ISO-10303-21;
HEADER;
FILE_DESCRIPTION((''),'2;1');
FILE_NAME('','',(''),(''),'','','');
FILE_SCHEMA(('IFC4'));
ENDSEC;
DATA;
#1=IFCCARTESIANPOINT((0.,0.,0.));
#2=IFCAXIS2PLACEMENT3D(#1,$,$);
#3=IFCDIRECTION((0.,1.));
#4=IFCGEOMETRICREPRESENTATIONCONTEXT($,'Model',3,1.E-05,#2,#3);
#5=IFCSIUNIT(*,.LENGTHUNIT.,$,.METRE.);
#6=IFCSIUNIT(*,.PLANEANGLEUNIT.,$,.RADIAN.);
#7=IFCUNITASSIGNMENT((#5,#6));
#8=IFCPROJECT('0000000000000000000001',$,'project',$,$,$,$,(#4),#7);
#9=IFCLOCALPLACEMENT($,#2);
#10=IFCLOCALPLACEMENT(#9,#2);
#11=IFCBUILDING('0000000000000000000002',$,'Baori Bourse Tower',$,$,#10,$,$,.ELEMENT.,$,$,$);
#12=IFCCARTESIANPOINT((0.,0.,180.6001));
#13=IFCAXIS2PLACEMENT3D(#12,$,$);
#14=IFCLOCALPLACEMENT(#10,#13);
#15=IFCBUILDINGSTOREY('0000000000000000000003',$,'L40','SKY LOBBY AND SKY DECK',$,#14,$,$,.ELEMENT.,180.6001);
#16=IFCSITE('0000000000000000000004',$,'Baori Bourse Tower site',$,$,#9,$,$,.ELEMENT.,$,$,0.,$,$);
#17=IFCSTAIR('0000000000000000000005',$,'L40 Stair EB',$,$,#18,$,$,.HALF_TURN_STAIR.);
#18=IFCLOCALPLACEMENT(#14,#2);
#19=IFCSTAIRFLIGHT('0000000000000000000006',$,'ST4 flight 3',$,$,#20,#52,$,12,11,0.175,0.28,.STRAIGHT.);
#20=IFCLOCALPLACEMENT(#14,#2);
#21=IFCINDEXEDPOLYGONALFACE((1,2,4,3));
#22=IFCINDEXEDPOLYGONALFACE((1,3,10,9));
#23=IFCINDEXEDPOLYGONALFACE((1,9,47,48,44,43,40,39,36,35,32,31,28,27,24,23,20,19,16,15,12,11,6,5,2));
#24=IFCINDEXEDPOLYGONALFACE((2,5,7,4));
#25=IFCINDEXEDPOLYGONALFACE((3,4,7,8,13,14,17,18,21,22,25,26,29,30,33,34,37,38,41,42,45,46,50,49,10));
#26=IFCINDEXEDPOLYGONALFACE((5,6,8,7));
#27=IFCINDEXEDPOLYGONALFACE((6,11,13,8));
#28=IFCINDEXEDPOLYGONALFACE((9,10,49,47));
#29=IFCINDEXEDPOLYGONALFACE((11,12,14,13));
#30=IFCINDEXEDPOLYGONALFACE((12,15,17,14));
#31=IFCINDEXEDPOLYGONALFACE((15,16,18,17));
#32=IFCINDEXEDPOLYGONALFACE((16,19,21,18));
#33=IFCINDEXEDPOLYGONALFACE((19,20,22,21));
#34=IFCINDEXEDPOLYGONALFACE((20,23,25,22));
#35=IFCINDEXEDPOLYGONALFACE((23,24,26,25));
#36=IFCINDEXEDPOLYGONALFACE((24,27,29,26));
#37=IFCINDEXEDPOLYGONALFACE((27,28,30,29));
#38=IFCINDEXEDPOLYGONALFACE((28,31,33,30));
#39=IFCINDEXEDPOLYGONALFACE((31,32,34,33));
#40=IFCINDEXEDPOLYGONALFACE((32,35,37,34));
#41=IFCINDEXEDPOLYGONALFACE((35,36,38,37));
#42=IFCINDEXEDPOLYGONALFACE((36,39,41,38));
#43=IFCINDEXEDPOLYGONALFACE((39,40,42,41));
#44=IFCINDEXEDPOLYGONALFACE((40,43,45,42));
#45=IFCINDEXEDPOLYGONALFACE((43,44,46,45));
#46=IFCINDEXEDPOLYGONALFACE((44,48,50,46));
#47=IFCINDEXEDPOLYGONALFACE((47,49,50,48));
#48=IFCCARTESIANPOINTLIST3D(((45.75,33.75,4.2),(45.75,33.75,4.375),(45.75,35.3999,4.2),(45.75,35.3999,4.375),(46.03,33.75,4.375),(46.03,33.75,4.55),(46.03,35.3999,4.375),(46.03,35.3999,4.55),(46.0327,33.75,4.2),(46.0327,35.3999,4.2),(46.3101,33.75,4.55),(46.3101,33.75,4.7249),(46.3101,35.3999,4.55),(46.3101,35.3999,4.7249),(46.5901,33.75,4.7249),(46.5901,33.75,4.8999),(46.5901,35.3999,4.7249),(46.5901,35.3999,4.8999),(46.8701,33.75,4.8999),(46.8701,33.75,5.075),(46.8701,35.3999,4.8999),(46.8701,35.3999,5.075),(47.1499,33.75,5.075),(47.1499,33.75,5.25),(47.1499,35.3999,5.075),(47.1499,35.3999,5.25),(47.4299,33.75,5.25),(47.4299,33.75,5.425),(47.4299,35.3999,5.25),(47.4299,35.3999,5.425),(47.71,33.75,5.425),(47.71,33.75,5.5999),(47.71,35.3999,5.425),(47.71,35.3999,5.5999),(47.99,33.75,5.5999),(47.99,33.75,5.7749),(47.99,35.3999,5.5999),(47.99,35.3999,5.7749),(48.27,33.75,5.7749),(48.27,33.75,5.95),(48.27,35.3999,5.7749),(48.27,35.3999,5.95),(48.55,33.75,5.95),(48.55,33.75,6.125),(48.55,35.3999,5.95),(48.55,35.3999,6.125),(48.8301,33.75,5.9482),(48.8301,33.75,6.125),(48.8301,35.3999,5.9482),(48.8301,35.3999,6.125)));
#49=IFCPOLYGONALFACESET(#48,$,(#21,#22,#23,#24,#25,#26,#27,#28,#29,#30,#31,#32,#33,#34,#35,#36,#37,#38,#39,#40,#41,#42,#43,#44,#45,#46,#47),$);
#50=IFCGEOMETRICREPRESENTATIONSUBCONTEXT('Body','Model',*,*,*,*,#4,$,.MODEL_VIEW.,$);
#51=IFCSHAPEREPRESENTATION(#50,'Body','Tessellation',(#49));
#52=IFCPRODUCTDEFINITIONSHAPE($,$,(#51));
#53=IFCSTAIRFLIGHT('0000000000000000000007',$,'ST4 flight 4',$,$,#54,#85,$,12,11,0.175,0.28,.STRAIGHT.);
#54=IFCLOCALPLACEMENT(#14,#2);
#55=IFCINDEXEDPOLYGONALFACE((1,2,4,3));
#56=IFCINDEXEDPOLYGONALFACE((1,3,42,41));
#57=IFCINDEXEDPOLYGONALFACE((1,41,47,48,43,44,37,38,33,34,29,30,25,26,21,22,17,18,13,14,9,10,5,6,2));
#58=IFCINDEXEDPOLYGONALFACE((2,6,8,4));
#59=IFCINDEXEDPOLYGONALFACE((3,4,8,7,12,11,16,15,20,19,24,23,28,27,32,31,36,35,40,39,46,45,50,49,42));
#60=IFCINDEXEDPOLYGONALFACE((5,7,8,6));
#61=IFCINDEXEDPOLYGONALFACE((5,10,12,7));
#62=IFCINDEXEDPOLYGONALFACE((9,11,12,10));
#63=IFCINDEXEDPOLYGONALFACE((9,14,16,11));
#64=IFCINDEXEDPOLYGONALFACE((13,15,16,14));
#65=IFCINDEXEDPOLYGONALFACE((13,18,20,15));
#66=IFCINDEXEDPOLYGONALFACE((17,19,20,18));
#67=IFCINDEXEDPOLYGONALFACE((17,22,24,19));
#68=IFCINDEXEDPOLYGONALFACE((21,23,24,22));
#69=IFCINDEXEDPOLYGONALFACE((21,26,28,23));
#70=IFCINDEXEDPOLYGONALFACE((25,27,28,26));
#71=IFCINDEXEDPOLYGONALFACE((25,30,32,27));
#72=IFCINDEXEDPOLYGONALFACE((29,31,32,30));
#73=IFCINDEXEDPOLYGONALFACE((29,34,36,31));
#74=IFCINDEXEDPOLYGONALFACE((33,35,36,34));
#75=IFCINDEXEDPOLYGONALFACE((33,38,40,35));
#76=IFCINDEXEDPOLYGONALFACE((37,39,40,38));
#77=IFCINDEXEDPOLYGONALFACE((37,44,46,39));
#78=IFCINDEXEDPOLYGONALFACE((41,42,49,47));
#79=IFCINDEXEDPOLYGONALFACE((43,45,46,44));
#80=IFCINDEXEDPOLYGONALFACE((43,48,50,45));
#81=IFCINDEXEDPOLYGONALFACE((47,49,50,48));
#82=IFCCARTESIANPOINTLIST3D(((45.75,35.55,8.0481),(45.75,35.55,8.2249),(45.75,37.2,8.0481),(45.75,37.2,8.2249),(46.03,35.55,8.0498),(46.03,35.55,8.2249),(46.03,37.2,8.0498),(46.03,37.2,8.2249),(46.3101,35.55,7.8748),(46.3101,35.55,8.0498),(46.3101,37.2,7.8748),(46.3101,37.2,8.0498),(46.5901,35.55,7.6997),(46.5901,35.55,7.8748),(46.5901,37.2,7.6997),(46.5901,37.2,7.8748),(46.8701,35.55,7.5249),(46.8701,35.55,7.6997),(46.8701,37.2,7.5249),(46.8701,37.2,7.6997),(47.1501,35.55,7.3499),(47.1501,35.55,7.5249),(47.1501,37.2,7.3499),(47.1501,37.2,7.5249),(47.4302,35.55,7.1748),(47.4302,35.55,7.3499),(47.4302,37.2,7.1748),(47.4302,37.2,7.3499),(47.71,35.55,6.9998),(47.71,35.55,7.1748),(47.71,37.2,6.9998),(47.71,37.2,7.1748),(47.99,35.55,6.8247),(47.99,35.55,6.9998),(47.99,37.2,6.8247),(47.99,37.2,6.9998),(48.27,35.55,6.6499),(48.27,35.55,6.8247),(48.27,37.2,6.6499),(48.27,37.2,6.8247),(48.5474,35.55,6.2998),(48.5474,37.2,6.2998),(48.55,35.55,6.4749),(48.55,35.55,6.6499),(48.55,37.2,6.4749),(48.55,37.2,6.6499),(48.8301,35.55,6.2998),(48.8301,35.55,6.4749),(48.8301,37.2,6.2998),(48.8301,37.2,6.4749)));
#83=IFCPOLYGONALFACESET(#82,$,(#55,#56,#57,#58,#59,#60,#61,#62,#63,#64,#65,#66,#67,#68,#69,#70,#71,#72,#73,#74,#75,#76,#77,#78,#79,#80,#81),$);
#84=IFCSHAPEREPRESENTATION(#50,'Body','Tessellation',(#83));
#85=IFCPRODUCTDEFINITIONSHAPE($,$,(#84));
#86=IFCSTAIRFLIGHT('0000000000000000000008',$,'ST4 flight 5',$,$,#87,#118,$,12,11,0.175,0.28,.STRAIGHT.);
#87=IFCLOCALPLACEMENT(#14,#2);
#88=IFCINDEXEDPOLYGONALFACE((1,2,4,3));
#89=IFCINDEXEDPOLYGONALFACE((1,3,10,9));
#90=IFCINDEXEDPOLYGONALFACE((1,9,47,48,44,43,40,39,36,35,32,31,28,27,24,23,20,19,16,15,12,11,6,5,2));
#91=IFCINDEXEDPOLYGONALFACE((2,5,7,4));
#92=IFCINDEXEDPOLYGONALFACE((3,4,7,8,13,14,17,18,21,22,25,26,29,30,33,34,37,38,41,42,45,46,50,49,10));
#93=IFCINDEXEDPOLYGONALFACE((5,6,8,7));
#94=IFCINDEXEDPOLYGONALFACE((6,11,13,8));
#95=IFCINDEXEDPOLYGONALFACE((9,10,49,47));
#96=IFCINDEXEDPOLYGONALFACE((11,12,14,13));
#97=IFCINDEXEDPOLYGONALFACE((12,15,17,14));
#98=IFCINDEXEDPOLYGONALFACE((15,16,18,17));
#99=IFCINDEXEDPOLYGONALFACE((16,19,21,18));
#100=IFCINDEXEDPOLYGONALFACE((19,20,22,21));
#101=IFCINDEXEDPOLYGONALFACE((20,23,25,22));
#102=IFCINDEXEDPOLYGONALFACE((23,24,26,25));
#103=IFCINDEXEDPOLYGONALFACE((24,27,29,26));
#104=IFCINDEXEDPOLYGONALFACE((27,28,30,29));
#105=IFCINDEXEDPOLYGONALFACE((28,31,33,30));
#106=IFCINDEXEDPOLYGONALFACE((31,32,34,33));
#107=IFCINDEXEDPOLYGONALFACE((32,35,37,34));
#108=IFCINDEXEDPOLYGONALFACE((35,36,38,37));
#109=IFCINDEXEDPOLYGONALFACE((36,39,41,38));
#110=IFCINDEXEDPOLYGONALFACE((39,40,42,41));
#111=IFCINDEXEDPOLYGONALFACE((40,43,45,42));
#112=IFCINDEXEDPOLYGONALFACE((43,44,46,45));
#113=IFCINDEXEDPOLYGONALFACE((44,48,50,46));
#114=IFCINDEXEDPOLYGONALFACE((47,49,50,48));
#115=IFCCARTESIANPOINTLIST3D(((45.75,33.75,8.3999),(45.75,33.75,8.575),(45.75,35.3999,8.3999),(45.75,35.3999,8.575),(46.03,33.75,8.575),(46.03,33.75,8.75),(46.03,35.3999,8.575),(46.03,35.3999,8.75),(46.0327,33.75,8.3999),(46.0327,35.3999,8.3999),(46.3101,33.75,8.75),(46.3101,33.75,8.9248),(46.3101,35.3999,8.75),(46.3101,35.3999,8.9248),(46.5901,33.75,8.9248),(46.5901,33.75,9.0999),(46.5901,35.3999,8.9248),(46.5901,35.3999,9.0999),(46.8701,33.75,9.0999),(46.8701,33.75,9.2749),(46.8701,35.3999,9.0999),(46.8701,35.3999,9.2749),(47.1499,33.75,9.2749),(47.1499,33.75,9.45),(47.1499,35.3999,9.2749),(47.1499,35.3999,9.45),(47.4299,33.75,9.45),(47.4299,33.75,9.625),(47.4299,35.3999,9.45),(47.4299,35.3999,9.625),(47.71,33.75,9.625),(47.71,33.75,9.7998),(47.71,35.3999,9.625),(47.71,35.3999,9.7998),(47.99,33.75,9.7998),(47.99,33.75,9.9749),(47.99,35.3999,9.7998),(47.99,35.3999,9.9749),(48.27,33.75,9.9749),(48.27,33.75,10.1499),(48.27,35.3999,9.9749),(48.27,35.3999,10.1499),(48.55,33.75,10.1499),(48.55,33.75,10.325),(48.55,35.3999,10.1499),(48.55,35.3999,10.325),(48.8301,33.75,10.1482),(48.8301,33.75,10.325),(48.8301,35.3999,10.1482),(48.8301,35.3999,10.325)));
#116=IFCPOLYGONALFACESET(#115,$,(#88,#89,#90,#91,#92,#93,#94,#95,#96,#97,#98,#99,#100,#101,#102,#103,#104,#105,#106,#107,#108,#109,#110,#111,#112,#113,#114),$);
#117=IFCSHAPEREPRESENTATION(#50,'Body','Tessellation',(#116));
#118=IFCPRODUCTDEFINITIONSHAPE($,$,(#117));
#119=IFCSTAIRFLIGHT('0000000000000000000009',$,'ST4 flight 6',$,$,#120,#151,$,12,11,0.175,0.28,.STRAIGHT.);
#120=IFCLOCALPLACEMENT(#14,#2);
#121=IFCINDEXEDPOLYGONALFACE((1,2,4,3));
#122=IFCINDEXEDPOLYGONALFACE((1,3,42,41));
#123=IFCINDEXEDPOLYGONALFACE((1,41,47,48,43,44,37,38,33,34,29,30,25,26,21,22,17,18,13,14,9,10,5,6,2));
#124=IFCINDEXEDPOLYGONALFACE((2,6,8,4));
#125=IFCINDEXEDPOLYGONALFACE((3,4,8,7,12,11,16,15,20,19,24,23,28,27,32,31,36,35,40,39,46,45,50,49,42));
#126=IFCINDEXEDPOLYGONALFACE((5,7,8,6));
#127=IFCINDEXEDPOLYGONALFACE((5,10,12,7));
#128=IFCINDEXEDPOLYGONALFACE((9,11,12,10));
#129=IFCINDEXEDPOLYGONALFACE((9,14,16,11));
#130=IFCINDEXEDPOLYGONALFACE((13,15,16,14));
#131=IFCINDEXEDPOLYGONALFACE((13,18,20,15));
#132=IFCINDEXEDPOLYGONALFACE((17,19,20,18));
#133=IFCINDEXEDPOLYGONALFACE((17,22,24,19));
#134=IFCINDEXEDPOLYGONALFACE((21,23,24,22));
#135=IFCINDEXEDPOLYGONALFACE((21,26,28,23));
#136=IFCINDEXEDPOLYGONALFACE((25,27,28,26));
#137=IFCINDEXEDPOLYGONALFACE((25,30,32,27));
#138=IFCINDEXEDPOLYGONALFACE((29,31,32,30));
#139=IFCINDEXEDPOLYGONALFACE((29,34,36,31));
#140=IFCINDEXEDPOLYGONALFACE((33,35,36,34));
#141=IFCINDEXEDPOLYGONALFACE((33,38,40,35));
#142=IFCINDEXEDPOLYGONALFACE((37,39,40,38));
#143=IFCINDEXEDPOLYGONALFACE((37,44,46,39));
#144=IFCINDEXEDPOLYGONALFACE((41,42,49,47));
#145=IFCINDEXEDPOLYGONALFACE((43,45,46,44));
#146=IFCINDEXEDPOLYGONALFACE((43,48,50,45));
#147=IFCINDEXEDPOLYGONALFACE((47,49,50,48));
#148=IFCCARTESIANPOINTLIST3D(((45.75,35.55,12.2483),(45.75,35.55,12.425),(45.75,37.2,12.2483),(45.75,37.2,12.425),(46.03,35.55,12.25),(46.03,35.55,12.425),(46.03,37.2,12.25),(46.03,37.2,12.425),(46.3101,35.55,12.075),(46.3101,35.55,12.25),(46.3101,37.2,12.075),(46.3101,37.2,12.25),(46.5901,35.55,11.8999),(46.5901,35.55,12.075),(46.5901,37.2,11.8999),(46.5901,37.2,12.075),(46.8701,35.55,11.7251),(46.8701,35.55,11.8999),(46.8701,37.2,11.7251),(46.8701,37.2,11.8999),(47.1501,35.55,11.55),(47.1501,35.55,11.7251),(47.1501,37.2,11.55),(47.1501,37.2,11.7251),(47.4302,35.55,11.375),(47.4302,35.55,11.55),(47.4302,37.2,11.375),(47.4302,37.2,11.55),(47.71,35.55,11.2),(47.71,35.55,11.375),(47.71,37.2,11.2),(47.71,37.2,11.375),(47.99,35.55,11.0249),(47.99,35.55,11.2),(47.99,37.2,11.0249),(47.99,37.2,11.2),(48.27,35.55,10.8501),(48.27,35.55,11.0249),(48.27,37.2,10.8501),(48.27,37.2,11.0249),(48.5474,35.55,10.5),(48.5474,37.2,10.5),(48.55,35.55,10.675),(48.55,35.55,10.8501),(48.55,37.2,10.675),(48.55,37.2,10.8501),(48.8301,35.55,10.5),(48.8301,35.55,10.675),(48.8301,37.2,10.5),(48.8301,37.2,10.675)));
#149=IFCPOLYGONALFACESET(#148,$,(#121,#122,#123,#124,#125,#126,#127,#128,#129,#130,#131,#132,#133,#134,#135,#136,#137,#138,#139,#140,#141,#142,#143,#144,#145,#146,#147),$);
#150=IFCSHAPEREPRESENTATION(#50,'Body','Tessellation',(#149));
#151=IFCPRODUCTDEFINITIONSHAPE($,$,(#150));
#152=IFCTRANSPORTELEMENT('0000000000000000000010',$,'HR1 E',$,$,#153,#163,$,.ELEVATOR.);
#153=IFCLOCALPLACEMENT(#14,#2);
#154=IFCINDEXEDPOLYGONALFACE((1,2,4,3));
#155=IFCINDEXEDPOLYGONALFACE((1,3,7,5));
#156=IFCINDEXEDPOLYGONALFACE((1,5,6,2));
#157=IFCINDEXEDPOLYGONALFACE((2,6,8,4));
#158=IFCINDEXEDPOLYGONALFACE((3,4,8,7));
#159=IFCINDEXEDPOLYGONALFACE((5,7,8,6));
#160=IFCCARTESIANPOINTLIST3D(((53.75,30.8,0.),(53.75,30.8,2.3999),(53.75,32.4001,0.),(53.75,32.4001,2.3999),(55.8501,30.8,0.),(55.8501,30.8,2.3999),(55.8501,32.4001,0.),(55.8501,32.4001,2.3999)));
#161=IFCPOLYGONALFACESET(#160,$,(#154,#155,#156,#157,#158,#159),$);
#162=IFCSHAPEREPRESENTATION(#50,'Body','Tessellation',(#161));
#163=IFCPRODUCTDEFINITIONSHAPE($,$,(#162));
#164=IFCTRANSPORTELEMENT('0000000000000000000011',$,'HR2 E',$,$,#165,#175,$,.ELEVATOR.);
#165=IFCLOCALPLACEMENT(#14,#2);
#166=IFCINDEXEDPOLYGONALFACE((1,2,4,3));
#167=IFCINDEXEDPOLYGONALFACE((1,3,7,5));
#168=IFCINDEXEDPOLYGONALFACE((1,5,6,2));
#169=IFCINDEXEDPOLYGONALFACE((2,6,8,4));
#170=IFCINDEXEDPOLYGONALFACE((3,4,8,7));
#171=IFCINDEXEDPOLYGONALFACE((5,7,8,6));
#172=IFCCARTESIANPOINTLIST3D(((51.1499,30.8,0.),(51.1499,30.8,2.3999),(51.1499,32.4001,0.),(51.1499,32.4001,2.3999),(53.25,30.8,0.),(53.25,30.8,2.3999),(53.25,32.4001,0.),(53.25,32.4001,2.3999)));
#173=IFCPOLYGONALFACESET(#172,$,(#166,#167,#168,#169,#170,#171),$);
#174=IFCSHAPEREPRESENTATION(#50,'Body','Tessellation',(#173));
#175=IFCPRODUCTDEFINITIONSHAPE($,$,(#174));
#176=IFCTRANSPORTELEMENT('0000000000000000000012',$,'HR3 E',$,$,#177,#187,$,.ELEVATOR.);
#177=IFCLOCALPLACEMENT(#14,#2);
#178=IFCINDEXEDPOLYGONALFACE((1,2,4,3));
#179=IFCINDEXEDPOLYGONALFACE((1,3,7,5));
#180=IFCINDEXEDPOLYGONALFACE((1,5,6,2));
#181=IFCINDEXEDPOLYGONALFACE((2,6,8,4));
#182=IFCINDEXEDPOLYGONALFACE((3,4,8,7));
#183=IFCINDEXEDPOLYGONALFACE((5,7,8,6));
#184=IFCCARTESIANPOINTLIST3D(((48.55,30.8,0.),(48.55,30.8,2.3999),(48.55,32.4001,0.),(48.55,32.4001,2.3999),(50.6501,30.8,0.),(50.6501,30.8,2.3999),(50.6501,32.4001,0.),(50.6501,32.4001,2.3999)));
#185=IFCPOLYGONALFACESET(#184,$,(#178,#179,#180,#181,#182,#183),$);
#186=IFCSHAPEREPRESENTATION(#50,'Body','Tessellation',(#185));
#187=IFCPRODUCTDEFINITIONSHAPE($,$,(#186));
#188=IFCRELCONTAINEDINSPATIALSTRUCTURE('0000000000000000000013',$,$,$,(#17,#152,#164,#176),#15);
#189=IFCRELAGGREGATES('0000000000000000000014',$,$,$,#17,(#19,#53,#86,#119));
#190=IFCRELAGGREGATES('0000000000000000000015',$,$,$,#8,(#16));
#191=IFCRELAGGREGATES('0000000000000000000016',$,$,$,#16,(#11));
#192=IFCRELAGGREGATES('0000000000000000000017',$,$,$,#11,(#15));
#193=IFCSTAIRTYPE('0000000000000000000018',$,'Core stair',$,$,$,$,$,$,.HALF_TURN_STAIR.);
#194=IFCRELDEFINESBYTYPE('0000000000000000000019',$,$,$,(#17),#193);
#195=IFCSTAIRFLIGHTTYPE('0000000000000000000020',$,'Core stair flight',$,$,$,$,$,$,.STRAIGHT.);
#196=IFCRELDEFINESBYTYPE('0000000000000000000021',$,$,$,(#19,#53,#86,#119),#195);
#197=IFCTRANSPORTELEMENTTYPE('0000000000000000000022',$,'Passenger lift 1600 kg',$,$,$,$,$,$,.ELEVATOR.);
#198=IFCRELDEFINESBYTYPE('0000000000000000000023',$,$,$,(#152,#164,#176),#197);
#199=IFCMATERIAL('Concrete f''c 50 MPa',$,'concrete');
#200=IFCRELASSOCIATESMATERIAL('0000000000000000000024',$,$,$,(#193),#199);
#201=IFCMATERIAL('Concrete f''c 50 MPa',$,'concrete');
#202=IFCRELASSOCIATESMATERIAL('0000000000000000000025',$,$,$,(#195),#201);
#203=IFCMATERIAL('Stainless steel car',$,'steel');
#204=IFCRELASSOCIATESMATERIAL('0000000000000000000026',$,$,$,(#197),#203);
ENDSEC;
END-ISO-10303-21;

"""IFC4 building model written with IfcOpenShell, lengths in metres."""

from ifc_helpers import new_model, si_unit, direction, frame, origin, origin_2d, place, context, subcontext, project, spatial, polyline, rectangle, outline, extrude, material, type_object, element, aggregate, save


model = new_model("IFC4")

# Units and contexts
model_context = context("Model", 3, precision=1e-05, world=origin(), true_north=direction((0.0, 1.0)))
body_context = subcontext(model_context, "Body", "Model", "MODEL_VIEW")
ifc_project = project(units=[si_unit("LENGTHUNIT", "METRE"), si_unit("PLANEANGLEUNIT", "RADIAN")], contexts=[model_context])

# Site, building, storey
site_placement = place(None, origin())
site = spatial("IfcSite", under=ifc_project, at=site_placement, Name="Baori Bourse Tower site", CompositionType="ELEMENT", RefElevation=0.0)
building_placement = place(site_placement, origin())
building = spatial("IfcBuilding", under=site, at=building_placement, Name="Baori Bourse Tower", CompositionType="ELEMENT")
storey_placement = place(building_placement, frame((0.0, 0.0, 180.6001)))
storey = spatial("IfcBuildingStorey", under=building, at=storey_placement, Name="L40", Description="SKY LOBBY AND SKY DECK", CompositionType="ELEMENT", Elevation=180.6001)

# Stair, stair flights
ifc_material_1 = material(Name="Concrete f'c 50 MPa", Category="concrete")
stair_type = type_object("IfcStairType", Name="Core stair", PredefinedType="HALF_TURN_STAIR", material=ifc_material_1)
stair_placement = place(storey_placement, origin())
stair = element("IfcStair", 1, at=stair_placement, inside=storey, type_object=stair_type, Name="L40 Stair EB", PredefinedType="HALF_TURN_STAIR")
ifc_material_2 = material(Name="Concrete f'c 50 MPa", Category="concrete")
stair_flight_type = type_object("IfcStairFlightType", Name="Core stair flight", PredefinedType="STRAIGHT", material=ifc_material_2)
stair_flight_1_placement = place(storey_placement, frame((45.75, 34.575, 4.2), z_axis=(0.0, 0.0, 1.0), x_axis=(1.0, 0.0, 0.0)))
stair_flight_1 = element("IfcStairFlight", 2, at=stair_flight_1_placement, type_object=stair_flight_type, Name="ST4 flight 3", NumberOfRisers=12, NumberOfTreads=11, PredefinedType="STRAIGHT", RiserHeight=0.175, TreadLength=0.28, context=body_context, shape_type="SweptSolid", body=[
    extrude(outline(polyline([(0.0, 0.0), (0.0, 0.175), (0.28, 0.175), (0.28, 0.3501), (0.5601, 0.3501), (0.5601, 0.5249), (0.8401, 0.5249), (0.8401, 0.7), (1.1201, 0.7), (1.1201, 0.875), (1.3999, 0.875), (1.3999, 1.05), (1.6799, 1.05), (1.6799, 1.2251), (1.96, 1.2251), (1.96, 1.3999), (2.24, 1.3999), (2.24, 1.575), (2.52, 1.575), (2.52, 1.75), (2.8, 1.75), (2.8, 1.925), (3.0801, 1.925), (3.0801, 2.1001), (3.0801, 1.7483), (0.2827, 0.0), (0.0, 0.0)])), frame((0.0, 0.825, 0.0), z_axis=(0.0, -1.0, 0.0), x_axis=(1.0, 0.0, 0.0)), (0.0, 0.0, 1.0), 1.6499),
])
stair_flight_2_placement = place(storey_placement, frame((48.8301, 36.375, 6.2998), z_axis=(0.0, 0.0, 1.0), x_axis=(-1.0, 0.0, 0.0)))
stair_flight_2 = element("IfcStairFlight", 3, at=stair_flight_2_placement, type_object=stair_flight_type, Name="ST4 flight 4", NumberOfRisers=12, NumberOfTreads=11, PredefinedType="STRAIGHT", RiserHeight=0.175, TreadLength=0.28, context=body_context, shape_type="SweptSolid", body=[
    extrude(outline(polyline([(0.0, 0.0), (0.0, 0.175), (0.28, 0.175), (0.28, 0.3501), (0.5601, 0.3501), (0.5601, 0.5249), (0.8401, 0.5249), (0.8401, 0.7), (1.1201, 0.7), (1.1201, 0.875), (1.3999, 0.875), (1.3999, 1.05), (1.6799, 1.05), (1.6799, 1.2251), (1.96, 1.2251), (1.96, 1.3999), (2.24, 1.3999), (2.24, 1.575), (2.52, 1.575), (2.52, 1.75), (2.8, 1.75), (2.8, 1.925), (3.0801, 1.925), (3.0801, 2.1001), (3.0801, 1.7483), (0.2827, 0.0), (0.0, 0.0)])), frame((0.0, 0.825, 0.0), z_axis=(0.0, -1.0, 0.0), x_axis=(1.0, 0.0, 0.0)), (0.0, 0.0, 1.0), 1.6499),
])
stair_flight_3_placement = place(storey_placement, frame((45.75, 34.575, 8.3999), z_axis=(0.0, 0.0, 1.0), x_axis=(1.0, 0.0, 0.0)))
stair_flight_3 = element("IfcStairFlight", 4, at=stair_flight_3_placement, type_object=stair_flight_type, Name="ST4 flight 5", NumberOfRisers=12, NumberOfTreads=11, PredefinedType="STRAIGHT", RiserHeight=0.175, TreadLength=0.28, context=body_context, shape_type="SweptSolid", body=[
    extrude(outline(polyline([(0.0, 0.0), (0.0, 0.175), (0.28, 0.175), (0.28, 0.3501), (0.5601, 0.3501), (0.5601, 0.5249), (0.8401, 0.5249), (0.8401, 0.7), (1.1201, 0.7), (1.1201, 0.875), (1.3999, 0.875), (1.3999, 1.05), (1.6799, 1.05), (1.6799, 1.2251), (1.96, 1.2251), (1.96, 1.3999), (2.24, 1.3999), (2.24, 1.575), (2.52, 1.575), (2.52, 1.75), (2.8, 1.75), (2.8, 1.925), (3.0801, 1.925), (3.0801, 2.1001), (3.0801, 1.7483), (0.2827, 0.0), (0.0, 0.0)])), frame((0.0, 0.825, 0.0), z_axis=(0.0, -1.0, 0.0), x_axis=(1.0, 0.0, 0.0)), (0.0, 0.0, 1.0), 1.6499),
])
stair_flight_4_placement = place(storey_placement, frame((48.8301, 36.375, 10.5), z_axis=(0.0, 0.0, 1.0), x_axis=(-1.0, 0.0, 0.0)))
stair_flight_4 = element("IfcStairFlight", 5, at=stair_flight_4_placement, type_object=stair_flight_type, Name="ST4 flight 6", NumberOfRisers=12, NumberOfTreads=11, PredefinedType="STRAIGHT", RiserHeight=0.175, TreadLength=0.28, context=body_context, shape_type="SweptSolid", body=[
    extrude(outline(polyline([(0.0, 0.0), (0.0, 0.175), (0.28, 0.175), (0.28, 0.3501), (0.5601, 0.3501), (0.5601, 0.5249), (0.8401, 0.5249), (0.8401, 0.7), (1.1201, 0.7), (1.1201, 0.875), (1.3999, 0.875), (1.3999, 1.05), (1.6799, 1.05), (1.6799, 1.2251), (1.96, 1.2251), (1.96, 1.3999), (2.24, 1.3999), (2.24, 1.575), (2.52, 1.575), (2.52, 1.75), (2.8, 1.75), (2.8, 1.925), (3.0801, 1.925), (3.0801, 2.1001), (3.0801, 1.7483), (0.2827, 0.0), (0.0, 0.0)])), frame((0.0, 0.825, 0.0), z_axis=(0.0, -1.0, 0.0), x_axis=(1.0, 0.0, 0.0)), (0.0, 0.0, 1.0), 1.6499),
])
aggregate(stair, [stair_flight_1, stair_flight_2, stair_flight_3, stair_flight_4])

# Transport elements
ifc_material_3 = material(Name="Stainless steel car", Category="steel")
transport_element_type = type_object("IfcTransportElementType", Name="Passenger lift 1600 kg", PredefinedType="ELEVATOR", material=ifc_material_3)
for number, where, z_axis, x_axis, name in (
    (6, (54.8, 31.6001, 0.0), (0.0, 0.0, 1.0), (1.0, 0.0, 0.0), "HR1 E"),
    (7, (52.2, 31.6001, 0.0), (0.0, 0.0, 1.0), (1.0, 0.0, 0.0), "HR2 E"),
    (8, (49.6001, 31.6001, 0.0), (0.0, 0.0, 1.0), (1.0, 0.0, 0.0), "HR3 E"),
):
    element("IfcTransportElement", number, at=place(storey_placement, frame(where, z_axis=z_axis, x_axis=x_axis)), inside=storey, type_object=transport_element_type, Name=name, PredefinedType="ELEVATOR", context=body_context, shape_type="SweptSolid", body=[
        extrude(rectangle(XDim=2.1001, YDim=1.6001, at=origin_2d()), origin(), (0.0, 0.0, 1.0), 2.3999),
    ])

save(model, "model.ifc")
